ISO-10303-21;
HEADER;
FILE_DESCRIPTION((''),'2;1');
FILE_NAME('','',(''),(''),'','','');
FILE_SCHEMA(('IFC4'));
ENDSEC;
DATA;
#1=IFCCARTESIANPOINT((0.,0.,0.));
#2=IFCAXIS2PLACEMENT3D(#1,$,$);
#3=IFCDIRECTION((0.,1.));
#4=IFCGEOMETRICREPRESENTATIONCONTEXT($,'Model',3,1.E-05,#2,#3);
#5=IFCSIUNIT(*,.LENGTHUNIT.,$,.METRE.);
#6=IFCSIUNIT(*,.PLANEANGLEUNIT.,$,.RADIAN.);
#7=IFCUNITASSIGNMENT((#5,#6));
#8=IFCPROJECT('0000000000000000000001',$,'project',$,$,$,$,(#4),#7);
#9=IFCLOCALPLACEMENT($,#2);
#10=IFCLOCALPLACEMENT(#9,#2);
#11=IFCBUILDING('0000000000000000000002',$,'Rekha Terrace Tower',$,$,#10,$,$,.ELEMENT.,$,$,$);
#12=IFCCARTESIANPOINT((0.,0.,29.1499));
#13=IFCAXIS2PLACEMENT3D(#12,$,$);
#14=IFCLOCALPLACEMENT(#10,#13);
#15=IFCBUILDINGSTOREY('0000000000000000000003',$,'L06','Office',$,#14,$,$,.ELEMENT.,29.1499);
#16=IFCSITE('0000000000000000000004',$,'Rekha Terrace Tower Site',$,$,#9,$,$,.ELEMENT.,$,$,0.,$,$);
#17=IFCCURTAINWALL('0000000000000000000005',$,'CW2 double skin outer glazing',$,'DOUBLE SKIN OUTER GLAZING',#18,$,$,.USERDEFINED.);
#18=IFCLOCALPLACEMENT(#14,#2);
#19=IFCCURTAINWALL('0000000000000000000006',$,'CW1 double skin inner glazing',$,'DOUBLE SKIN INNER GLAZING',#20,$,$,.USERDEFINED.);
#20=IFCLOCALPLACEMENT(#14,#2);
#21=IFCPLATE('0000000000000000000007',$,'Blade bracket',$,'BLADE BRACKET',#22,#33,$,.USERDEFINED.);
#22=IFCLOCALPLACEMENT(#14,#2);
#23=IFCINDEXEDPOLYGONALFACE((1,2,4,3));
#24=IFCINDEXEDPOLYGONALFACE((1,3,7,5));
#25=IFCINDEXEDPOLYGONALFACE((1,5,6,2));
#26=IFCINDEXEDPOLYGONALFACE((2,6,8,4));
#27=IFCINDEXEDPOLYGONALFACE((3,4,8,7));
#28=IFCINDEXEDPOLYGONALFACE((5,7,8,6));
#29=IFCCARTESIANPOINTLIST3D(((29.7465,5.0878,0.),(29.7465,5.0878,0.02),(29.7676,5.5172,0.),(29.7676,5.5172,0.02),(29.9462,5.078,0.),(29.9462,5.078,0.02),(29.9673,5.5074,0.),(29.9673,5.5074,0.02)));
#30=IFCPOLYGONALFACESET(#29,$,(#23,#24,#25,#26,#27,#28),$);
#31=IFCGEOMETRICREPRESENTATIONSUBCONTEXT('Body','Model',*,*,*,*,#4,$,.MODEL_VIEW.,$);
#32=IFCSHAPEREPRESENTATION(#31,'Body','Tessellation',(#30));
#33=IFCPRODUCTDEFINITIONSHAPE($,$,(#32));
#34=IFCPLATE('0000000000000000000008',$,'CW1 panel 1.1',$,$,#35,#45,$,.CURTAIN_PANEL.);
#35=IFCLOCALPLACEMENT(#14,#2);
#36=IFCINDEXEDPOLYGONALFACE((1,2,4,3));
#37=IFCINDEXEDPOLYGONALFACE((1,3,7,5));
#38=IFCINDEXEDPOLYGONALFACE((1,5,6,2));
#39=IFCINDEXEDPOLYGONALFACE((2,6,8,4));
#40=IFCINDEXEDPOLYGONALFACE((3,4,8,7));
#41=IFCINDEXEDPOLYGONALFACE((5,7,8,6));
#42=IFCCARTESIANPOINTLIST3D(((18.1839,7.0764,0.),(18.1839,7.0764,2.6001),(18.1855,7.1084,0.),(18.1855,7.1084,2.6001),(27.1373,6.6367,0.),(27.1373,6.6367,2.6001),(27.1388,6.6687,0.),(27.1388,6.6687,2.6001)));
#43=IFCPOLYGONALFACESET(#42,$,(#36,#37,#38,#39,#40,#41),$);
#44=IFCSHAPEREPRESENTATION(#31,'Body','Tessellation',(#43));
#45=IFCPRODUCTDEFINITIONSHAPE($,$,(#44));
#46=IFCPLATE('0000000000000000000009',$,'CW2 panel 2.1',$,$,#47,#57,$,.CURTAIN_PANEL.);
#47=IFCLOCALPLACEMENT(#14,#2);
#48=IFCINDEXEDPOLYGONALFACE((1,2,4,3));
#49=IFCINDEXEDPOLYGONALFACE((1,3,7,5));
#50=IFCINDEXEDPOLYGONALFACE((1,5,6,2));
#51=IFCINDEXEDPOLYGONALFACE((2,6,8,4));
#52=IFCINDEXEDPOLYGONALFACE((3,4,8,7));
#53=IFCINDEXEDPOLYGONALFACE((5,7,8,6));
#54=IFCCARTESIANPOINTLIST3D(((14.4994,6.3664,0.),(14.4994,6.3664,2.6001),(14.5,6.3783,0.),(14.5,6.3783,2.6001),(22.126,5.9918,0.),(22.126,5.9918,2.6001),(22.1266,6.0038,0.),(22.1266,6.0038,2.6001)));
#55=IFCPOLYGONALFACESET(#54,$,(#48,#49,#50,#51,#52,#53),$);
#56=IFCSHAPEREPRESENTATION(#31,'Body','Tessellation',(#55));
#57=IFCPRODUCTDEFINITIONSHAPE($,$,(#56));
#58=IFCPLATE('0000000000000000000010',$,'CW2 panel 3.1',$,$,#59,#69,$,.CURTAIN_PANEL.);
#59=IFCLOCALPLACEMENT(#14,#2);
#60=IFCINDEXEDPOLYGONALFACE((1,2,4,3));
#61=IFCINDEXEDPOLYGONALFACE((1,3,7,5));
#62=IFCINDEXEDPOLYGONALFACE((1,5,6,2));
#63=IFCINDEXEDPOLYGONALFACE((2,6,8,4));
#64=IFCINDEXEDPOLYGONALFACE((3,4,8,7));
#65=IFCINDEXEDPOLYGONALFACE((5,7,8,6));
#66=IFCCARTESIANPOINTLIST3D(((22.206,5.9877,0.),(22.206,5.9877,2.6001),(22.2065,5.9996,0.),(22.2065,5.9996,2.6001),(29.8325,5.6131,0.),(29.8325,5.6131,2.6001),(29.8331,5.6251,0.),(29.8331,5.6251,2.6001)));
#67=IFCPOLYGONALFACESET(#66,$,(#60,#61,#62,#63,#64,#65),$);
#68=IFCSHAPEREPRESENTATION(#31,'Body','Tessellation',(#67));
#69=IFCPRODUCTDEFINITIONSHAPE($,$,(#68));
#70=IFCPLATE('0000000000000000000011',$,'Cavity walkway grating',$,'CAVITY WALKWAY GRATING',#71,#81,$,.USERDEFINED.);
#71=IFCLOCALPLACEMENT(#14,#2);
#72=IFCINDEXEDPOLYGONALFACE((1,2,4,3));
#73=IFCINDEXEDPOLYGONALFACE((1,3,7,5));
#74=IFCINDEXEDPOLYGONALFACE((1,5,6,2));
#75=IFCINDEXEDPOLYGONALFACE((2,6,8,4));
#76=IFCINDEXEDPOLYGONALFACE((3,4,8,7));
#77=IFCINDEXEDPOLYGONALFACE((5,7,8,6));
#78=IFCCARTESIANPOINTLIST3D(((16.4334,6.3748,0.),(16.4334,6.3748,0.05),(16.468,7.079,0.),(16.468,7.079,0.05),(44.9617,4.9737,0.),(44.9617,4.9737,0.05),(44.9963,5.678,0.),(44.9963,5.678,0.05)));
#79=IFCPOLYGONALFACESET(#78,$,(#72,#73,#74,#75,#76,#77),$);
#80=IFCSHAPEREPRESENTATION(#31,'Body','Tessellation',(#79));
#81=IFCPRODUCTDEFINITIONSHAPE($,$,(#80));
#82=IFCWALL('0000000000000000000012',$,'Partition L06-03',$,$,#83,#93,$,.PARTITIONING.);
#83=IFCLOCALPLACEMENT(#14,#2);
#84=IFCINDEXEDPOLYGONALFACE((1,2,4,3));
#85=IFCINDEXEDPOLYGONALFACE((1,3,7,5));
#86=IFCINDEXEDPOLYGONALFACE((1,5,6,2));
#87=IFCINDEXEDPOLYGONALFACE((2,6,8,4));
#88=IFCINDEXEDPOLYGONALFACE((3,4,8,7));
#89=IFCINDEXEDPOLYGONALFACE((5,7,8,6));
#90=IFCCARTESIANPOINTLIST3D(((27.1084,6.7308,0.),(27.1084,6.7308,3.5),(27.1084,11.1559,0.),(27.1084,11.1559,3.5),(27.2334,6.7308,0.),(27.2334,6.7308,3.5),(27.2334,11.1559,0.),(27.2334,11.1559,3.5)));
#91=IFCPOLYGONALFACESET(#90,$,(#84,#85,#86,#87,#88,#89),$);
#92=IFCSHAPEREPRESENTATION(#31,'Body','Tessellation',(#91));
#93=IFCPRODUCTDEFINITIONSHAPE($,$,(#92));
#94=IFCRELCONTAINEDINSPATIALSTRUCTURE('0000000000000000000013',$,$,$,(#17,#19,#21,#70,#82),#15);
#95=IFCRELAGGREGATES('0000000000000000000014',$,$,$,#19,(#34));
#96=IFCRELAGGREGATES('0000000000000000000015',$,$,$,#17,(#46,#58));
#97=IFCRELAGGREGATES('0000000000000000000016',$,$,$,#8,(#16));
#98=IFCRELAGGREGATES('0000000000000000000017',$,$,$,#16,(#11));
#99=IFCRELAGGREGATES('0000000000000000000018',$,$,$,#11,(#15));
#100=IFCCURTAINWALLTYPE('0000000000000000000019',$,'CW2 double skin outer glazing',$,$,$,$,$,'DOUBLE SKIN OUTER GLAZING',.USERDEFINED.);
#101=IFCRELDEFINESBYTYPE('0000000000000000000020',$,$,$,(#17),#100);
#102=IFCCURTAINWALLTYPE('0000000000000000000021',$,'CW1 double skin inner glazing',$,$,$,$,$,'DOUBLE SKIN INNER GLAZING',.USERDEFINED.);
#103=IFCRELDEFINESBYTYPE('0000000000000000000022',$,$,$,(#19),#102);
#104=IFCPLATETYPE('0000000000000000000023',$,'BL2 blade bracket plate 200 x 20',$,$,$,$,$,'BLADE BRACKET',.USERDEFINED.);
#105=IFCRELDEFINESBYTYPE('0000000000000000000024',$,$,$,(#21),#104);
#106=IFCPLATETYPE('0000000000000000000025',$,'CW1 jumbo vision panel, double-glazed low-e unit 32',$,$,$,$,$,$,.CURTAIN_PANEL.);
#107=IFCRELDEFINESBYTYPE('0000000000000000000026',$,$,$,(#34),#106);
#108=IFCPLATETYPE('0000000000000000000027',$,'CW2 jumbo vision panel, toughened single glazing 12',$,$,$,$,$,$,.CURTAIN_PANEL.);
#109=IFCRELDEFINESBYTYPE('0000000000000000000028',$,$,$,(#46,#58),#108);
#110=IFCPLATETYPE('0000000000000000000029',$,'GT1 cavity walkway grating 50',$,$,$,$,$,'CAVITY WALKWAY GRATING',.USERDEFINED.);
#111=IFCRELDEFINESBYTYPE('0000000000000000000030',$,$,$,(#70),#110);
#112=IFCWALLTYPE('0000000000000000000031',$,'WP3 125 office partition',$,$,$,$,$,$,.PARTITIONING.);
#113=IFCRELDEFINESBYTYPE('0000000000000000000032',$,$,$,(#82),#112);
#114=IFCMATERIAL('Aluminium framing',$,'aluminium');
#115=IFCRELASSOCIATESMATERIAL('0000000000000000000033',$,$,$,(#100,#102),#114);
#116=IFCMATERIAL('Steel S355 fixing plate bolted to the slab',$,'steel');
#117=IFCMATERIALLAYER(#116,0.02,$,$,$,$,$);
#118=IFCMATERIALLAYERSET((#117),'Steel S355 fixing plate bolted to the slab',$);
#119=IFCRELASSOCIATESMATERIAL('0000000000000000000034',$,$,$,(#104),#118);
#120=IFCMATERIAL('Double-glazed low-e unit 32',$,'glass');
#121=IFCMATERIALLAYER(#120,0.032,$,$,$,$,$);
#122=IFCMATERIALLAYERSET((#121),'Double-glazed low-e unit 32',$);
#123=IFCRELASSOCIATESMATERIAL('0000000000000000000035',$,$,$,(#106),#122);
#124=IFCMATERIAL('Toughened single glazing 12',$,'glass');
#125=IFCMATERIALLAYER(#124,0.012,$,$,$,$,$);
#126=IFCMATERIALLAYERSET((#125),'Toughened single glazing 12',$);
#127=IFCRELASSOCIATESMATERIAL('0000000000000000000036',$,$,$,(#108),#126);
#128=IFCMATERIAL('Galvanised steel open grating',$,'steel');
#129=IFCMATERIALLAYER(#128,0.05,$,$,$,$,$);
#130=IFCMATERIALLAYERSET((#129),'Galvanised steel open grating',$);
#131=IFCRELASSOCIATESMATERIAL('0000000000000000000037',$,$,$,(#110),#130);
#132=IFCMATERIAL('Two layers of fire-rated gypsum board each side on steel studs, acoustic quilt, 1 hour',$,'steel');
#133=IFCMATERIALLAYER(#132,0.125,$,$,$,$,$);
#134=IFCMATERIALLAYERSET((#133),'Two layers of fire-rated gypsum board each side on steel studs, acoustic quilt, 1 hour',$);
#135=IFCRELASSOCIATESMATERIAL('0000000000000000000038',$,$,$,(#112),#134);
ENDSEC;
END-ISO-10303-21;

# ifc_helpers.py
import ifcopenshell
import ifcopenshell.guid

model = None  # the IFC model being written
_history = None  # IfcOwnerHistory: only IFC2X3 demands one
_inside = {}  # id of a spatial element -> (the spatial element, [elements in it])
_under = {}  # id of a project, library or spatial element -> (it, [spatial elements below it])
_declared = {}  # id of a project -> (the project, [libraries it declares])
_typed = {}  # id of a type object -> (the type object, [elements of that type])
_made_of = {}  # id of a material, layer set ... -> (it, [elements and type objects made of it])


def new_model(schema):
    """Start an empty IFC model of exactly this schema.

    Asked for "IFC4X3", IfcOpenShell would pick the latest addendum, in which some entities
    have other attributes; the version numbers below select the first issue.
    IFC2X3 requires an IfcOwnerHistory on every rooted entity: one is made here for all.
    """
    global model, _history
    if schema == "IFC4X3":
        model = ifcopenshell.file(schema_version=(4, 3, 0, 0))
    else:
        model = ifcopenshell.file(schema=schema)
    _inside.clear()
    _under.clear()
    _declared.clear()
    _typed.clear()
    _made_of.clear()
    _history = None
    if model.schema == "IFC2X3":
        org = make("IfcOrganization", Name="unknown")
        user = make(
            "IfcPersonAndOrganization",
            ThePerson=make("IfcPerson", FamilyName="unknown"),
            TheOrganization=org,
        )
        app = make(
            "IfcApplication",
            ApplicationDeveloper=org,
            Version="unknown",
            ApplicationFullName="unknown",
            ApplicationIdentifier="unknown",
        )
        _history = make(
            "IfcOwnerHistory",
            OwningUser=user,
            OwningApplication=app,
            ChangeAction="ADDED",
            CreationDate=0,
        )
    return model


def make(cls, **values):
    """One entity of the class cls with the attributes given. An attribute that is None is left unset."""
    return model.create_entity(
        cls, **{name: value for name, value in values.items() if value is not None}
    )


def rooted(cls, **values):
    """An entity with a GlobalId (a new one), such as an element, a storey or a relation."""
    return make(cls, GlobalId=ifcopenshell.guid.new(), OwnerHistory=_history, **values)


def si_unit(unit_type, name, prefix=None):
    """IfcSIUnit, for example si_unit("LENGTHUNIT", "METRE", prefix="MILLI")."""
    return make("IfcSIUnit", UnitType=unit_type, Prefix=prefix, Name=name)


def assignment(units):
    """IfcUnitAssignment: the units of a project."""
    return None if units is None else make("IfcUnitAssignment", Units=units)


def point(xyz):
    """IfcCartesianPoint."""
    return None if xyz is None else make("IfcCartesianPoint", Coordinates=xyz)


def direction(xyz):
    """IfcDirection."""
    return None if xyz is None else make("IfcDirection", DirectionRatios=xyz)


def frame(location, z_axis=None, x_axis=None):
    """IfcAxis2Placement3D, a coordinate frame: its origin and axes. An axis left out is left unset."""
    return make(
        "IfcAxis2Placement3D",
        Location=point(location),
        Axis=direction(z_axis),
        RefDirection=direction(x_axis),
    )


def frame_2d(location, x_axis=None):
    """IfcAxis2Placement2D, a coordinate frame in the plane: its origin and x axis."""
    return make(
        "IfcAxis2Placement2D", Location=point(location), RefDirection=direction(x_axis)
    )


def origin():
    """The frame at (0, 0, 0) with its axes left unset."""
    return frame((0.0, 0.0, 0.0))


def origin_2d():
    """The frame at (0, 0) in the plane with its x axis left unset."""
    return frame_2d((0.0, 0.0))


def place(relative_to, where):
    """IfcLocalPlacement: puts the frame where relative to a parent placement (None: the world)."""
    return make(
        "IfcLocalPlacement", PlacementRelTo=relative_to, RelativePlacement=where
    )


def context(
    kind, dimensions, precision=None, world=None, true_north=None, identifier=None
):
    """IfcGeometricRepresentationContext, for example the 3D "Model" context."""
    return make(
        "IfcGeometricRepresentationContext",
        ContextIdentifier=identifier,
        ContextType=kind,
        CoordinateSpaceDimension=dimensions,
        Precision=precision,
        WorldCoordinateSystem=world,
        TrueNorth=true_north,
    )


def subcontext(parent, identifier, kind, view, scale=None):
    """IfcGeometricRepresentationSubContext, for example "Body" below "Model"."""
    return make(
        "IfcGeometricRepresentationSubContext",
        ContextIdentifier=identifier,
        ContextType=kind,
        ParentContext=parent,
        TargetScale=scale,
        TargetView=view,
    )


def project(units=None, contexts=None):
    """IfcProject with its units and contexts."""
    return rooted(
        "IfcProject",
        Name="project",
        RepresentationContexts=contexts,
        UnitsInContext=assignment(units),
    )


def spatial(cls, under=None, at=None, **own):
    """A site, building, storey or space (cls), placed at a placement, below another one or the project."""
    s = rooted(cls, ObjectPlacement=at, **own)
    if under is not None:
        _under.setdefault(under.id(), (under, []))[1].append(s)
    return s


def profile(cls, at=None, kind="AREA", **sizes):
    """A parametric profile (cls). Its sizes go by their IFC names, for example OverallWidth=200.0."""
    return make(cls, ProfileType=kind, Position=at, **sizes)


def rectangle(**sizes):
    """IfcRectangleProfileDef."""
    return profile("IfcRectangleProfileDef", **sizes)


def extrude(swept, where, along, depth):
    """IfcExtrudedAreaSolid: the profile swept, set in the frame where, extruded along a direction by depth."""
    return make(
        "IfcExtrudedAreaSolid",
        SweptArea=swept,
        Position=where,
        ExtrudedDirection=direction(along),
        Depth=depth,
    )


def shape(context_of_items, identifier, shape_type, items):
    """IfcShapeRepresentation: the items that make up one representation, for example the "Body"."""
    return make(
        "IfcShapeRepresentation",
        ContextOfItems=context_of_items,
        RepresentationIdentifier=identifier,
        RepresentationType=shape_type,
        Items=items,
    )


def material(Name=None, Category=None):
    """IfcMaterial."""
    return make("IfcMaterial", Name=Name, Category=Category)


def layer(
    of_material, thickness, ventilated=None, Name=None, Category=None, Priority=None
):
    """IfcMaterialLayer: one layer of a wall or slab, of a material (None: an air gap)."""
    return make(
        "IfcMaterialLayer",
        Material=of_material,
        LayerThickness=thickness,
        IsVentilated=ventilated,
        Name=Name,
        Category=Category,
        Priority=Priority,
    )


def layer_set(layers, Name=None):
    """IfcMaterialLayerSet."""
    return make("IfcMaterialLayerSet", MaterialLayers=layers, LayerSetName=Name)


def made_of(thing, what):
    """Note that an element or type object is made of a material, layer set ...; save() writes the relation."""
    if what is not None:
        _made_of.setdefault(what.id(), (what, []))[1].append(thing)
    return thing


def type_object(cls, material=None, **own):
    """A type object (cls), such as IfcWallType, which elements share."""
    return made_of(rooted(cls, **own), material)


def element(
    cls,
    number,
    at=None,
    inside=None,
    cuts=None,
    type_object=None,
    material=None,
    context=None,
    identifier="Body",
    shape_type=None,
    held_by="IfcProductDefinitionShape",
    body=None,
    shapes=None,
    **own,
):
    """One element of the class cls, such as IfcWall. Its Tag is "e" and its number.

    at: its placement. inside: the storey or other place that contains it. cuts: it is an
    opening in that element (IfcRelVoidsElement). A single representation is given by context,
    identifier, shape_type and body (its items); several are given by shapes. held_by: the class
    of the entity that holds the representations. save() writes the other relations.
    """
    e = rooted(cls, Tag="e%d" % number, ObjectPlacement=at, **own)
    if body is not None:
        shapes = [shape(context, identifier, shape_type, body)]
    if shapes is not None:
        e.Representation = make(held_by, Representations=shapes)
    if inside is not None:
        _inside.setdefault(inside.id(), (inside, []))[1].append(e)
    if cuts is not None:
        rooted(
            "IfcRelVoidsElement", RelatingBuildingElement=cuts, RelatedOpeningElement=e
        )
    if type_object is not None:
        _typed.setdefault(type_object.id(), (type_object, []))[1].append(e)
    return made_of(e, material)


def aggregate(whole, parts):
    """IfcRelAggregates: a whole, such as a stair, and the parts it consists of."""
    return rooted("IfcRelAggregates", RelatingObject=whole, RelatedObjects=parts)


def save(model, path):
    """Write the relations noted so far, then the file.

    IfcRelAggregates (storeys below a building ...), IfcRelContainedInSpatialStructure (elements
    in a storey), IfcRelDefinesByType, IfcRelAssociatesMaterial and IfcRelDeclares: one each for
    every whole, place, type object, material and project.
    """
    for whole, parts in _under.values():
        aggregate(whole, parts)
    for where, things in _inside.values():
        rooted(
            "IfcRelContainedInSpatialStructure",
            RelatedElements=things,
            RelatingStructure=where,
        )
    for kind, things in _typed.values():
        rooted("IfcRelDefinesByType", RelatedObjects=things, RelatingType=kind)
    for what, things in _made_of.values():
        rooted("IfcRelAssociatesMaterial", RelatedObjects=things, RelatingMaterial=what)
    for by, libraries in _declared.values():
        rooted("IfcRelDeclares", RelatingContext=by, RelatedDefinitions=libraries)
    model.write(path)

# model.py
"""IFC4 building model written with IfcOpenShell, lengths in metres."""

from ifc_helpers import new_model, si_unit, direction, frame, frame_2d, origin, origin_2d, place, context, subcontext, project, spatial, rectangle, extrude, material, layer, layer_set, type_object, element, aggregate, save


model = new_model("IFC4")

# Units and contexts
model_context = context("Model", 3, precision=1e-05, world=origin(), true_north=direction((0.0, 1.0)))
body_context = subcontext(model_context, "Body", "Model", "MODEL_VIEW")
ifc_project = project(units=[si_unit("LENGTHUNIT", "METRE"), si_unit("PLANEANGLEUNIT", "RADIAN")], contexts=[model_context])

# Site, building, storey
site_placement = place(None, origin())
site = spatial("IfcSite", under=ifc_project, at=site_placement, Name="Rekha Terrace Tower Site", CompositionType="ELEMENT", RefElevation=0.0)
building_placement = place(site_placement, origin())
building = spatial("IfcBuilding", under=site, at=building_placement, Name="Rekha Terrace Tower", CompositionType="ELEMENT")
storey_placement = place(building_placement, frame((0.0, 0.0, 29.1499)))
storey = spatial("IfcBuildingStorey", under=building, at=storey_placement, Name="L06", Description="Office", CompositionType="ELEMENT", Elevation=29.1499)

# Curtain walls
ifc_material_1 = material(Name="Aluminium framing", Category="aluminium")
curtain_wall_type_1 = type_object("IfcCurtainWallType", Name="CW2 double skin outer glazing", ElementType="DOUBLE SKIN OUTER GLAZING", PredefinedType="USERDEFINED", material=ifc_material_1)
curtain_wall_1_placement = place(storey_placement, origin())
curtain_wall_1 = element("IfcCurtainWall", 1, at=curtain_wall_1_placement, inside=storey, type_object=curtain_wall_type_1, Name="CW2 double skin outer glazing", ObjectType="DOUBLE SKIN OUTER GLAZING", PredefinedType="USERDEFINED")
curtain_wall_type_2 = type_object("IfcCurtainWallType", Name="CW1 double skin inner glazing", ElementType="DOUBLE SKIN INNER GLAZING", PredefinedType="USERDEFINED", material=ifc_material_1)
curtain_wall_2_placement = place(storey_placement, origin())
curtain_wall_2 = element("IfcCurtainWall", 2, at=curtain_wall_2_placement, inside=storey, type_object=curtain_wall_type_2, Name="CW1 double skin inner glazing", ObjectType="DOUBLE SKIN INNER GLAZING", PredefinedType="USERDEFINED")

# Plate
ifc_material_2 = material(Name="Steel S355 fixing plate bolted to the slab", Category="steel")
ifc_layer_1 = layer(ifc_material_2, 0.02)
ifc_layer_set_1 = layer_set([ifc_layer_1], Name="Steel S355 fixing plate bolted to the slab")
plate_type_1 = type_object("IfcPlateType", Name="BL2 blade bracket plate 200 x 20", ElementType="BLADE BRACKET", PredefinedType="USERDEFINED", material=ifc_layer_set_1)
for number, where, z_axis, x_axis, name in (
    (3, (29.8569, 5.2976, 0.0), (0.0, 0.0, 1.0), (-0.049052, -0.998796, 0.0), "Blade bracket"),
):
    element("IfcPlate", number, at=place(storey_placement, frame(where, z_axis=z_axis, x_axis=x_axis)), inside=storey, type_object=plate_type_1, Name=name, ObjectType="BLADE BRACKET", PredefinedType="USERDEFINED", context=body_context, shape_type="SweptSolid", body=[
        extrude(rectangle(XDim=0.4299, YDim=0.2, at=origin_2d()), origin(), (0.0, 0.0, 1.0), 0.02),
    ])

# Plates
ifc_material_3 = material(Name="Double-glazed low-e unit 32", Category="glass")
ifc_layer_2 = layer(ifc_material_3, 0.032)
ifc_layer_set_2 = layer_set([ifc_layer_2], Name="Double-glazed low-e unit 32")
plate_type_2 = type_object("IfcPlateType", Name="CW1 jumbo vision panel, double-glazed low-e unit 32", PredefinedType="CURTAIN_PANEL", material=ifc_layer_set_2)
plate_1_placement = place(storey_placement, frame((22.6614, 6.8726, 0.0), z_axis=(0.0, 0.0, 1.0), x_axis=(0.998796, -0.049052, 0.0)))
plate_1 = element("IfcPlate", 4, at=plate_1_placement, type_object=plate_type_2, Name="CW1 panel 1.1", PredefinedType="CURTAIN_PANEL", context=body_context, shape_type="SweptSolid", body=[
    extrude(rectangle(XDim=8.9641, YDim=0.032, at=origin_2d()), origin(), (0.0, 0.0, 1.0), 2.6001),
])
aggregate(curtain_wall_2, [plate_1])
ifc_material_4 = material(Name="Toughened single glazing 12", Category="glass")
ifc_layer_3 = layer(ifc_material_4, 0.012)
ifc_layer_set_3 = layer_set([ifc_layer_3], Name="Toughened single glazing 12")
plate_type_3 = type_object("IfcPlateType", Name="CW2 jumbo vision panel, toughened single glazing 12", PredefinedType="CURTAIN_PANEL", material=ifc_layer_set_3)
plate_2_placement = place(storey_placement, frame((18.313, 6.1851, 0.0), z_axis=(0.0, 0.0, 1.0), x_axis=(0.998796, -0.049052, 0.0)))
plate_2 = element("IfcPlate", 5, at=plate_2_placement, type_object=plate_type_3, Name="CW2 panel 2.1", PredefinedType="CURTAIN_PANEL", context=body_context, shape_type="SweptSolid", body=[
    extrude(rectangle(XDim=7.6357, YDim=0.012, at=origin_2d()), origin(), (0.0, 0.0, 1.0), 2.6001),
])
plate_3_placement = place(storey_placement, frame((26.0195, 5.8064, 0.0), z_axis=(0.0, 0.0, 1.0), x_axis=(0.998796, -0.049052, 0.0)))
plate_3 = element("IfcPlate", 6, at=plate_3_placement, type_object=plate_type_3, Name="CW2 panel 3.1", PredefinedType="CURTAIN_PANEL", context=body_context, shape_type="SweptSolid", body=[
    extrude(rectangle(XDim=7.6357, YDim=0.012, at=origin_2d()), origin(), (0.0, 0.0, 1.0), 2.6001),
])
aggregate(curtain_wall_1, [plate_2, plate_3])
ifc_material_5 = material(Name="Galvanised steel open grating", Category="steel")
ifc_layer_4 = layer(ifc_material_5, 0.05)
ifc_layer_set_4 = layer_set([ifc_layer_4], Name="Galvanised steel open grating")
plate_type_4 = type_object("IfcPlateType", Name="GT1 cavity walkway grating 50", ElementType="CAVITY WALKWAY GRATING", PredefinedType="USERDEFINED", material=ifc_layer_set_4)
plate_4_placement = place(storey_placement, frame((30.7148, 6.0264, 0.0), z_axis=(0.0, 0.0, 1.0), x_axis=(0.998796, -0.049052, 0.0)))
element("IfcPlate", 7, at=plate_4_placement, inside=storey, type_object=plate_type_4, Name="Cavity walkway grating", ObjectType="CAVITY WALKWAY GRATING", PredefinedType="USERDEFINED", context=body_context, shape_type="SweptSolid", body=[
    extrude(rectangle(XDim=28.5627, YDim=0.7051, at=origin_2d()), origin(), (0.0, 0.0, 1.0), 0.05),
])

# Wall
ifc_material_6 = material(Name="Two layers of fire-rated gypsum board each side on steel studs, acoustic quilt, 1 hour", Category="steel")
ifc_layer_5 = layer(ifc_material_6, 0.125)
ifc_layer_set_5 = layer_set([ifc_layer_5], Name="Two layers of fire-rated gypsum board each side on steel studs, acoustic quilt, 1 hour")
wall_type = type_object("IfcWallType", Name="WP3 125 office partition", PredefinedType="PARTITIONING", material=ifc_layer_set_5)
wall_placement = place(storey_placement, frame((27.1709, 6.731, 0.0), z_axis=(0.0, 0.0, 1.0), x_axis=(0.0, 1.0, 0.0)))
element("IfcWall", 8, at=wall_placement, inside=storey, type_object=wall_type, Name="Partition L06-03", PredefinedType="PARTITIONING", context=body_context, shape_type="SweptSolid", body=[
    extrude(rectangle(XDim=4.425, YDim=0.125, at=frame_2d((2.2124, 0.0))), origin(), (0.0, 0.0, 1.0), 3.5),
])

save(model, "model.ifc")
